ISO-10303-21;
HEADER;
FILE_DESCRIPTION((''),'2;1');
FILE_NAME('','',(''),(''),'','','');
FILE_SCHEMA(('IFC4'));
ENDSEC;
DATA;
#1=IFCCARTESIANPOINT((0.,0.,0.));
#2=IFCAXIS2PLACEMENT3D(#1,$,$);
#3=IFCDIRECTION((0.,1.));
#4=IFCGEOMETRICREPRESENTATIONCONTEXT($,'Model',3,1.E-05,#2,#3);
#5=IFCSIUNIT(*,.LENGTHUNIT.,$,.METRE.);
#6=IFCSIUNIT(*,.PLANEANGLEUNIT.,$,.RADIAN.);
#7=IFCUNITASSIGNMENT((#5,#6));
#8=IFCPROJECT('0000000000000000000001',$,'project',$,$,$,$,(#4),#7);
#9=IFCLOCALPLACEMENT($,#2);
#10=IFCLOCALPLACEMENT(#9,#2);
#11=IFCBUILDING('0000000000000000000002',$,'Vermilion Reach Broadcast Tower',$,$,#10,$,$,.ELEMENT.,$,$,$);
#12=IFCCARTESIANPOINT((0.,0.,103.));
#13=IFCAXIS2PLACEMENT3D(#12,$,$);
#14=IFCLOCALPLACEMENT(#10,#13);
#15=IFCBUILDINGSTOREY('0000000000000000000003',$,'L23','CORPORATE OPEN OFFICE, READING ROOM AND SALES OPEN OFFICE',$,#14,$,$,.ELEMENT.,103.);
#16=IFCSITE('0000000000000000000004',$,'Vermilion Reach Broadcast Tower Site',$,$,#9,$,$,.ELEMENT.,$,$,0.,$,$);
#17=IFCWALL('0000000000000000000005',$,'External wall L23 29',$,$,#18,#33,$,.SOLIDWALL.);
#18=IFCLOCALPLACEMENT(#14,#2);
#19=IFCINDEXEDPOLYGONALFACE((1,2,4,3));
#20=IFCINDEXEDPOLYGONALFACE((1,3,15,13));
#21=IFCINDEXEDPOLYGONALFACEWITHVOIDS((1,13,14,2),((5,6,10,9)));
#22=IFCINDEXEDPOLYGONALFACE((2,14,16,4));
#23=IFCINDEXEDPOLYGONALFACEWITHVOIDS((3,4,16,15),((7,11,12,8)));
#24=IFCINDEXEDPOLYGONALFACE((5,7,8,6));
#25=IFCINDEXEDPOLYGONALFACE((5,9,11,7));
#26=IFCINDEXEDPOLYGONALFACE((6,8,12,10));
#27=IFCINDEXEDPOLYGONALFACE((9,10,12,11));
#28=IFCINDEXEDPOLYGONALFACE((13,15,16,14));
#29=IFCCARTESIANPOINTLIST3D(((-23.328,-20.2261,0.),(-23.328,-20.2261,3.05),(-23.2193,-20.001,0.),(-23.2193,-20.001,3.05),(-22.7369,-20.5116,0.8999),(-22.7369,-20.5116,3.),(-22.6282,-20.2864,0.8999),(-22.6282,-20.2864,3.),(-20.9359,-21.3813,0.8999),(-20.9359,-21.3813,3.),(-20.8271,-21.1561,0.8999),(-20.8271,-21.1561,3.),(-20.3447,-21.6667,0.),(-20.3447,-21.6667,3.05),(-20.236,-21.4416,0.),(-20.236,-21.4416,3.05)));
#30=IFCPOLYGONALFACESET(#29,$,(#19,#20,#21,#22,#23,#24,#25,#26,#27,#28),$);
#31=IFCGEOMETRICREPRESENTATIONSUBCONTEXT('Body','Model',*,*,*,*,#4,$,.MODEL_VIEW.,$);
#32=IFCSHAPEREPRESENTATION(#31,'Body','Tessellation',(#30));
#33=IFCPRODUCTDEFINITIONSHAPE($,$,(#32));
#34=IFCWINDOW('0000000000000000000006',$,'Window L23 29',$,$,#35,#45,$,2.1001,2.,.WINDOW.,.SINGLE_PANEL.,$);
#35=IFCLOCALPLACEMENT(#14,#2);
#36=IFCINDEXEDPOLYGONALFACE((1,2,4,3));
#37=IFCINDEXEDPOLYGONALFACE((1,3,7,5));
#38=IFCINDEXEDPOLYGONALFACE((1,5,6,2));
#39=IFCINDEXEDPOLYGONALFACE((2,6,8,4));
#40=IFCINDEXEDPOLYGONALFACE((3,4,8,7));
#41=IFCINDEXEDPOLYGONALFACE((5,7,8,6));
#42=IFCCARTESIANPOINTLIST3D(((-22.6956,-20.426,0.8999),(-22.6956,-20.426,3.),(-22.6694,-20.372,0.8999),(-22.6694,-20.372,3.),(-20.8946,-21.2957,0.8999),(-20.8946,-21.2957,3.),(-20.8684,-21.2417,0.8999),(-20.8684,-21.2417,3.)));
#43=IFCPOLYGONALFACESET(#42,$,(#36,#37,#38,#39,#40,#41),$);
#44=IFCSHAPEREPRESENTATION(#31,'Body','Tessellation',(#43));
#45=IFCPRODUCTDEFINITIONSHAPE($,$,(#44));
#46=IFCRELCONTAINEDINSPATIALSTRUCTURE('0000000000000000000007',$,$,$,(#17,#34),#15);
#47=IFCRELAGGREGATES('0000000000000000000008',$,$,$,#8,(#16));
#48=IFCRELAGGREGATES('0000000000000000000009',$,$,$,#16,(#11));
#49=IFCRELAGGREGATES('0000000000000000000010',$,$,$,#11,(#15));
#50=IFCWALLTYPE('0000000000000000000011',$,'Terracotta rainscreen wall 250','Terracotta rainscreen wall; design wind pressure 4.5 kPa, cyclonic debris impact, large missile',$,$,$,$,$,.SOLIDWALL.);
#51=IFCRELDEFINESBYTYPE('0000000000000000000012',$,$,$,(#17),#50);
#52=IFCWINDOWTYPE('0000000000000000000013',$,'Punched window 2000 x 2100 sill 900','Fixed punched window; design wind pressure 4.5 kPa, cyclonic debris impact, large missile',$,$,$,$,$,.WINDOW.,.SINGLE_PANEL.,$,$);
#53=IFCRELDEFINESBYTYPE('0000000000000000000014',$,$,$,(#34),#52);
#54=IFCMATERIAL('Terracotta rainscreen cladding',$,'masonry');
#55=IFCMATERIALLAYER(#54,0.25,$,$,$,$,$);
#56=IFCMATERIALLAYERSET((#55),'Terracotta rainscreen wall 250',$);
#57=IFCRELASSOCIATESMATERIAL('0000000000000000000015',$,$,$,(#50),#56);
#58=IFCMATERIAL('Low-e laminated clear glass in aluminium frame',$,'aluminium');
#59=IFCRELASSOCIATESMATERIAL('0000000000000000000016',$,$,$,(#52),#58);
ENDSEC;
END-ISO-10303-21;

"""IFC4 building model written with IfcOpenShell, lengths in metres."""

from ifc_helpers import new_model, si_unit, direction, frame, frame_2d, origin, place, context, subcontext, project, spatial, rectangle, extrude, material, layer, layer_set, type_object, element, fill, save


model = new_model("IFC4")

# Units and contexts
model_context = context("Model", 3, precision=1e-05, world=origin(), true_north=direction((0.0, 1.0)))
body_context = subcontext(model_context, "Body", "Model", "MODEL_VIEW")
ifc_project = project(units=[si_unit("LENGTHUNIT", "METRE"), si_unit("PLANEANGLEUNIT", "RADIAN")], contexts=[model_context])

# Site, building, storey
site_placement = place(None, origin())
site = spatial("IfcSite", under=ifc_project, at=site_placement, Name="Vermilion Reach Broadcast Tower Site", CompositionType="ELEMENT", RefElevation=0.0)
building_placement = place(site_placement, origin())
building = spatial("IfcBuilding", under=site, at=building_placement, Name="Vermilion Reach Broadcast Tower", CompositionType="ELEMENT")
storey_placement = place(building_placement, frame((0.0, 0.0, 103.0)))
storey = spatial("IfcBuildingStorey", under=building, at=storey_placement, Name="L23", Description="CORPORATE OPEN OFFICE, READING ROOM AND SALES OPEN OFFICE", CompositionType="ELEMENT", Elevation=103.0)

# Shared definitions
ifc_material_1 = material(Name="Terracotta rainscreen cladding", Category="masonry")
ifc_layer_1 = layer(ifc_material_1, 0.25)
ifc_layer_set_1 = layer_set([ifc_layer_1], Name="Terracotta rainscreen wall 250")
wall_type_1 = type_object("IfcWallType", Name="Terracotta rainscreen wall 250", Description="Terracotta rainscreen wall; design wind pressure 4.5 kPa, cyclonic debris impact, large missile", PredefinedType="SOLIDWALL", material=ifc_layer_set_1)

# Shared definitions
ifc_material_2 = material(Name="Low-e laminated clear glass in aluminium frame", Category="aluminium")
window_type = type_object("IfcWindowType", Name="Punched window 2000 x 2100 sill 900", Description="Fixed punched window; design wind pressure 4.5 kPa, cyclonic debris impact, large missile", PartitioningType="SINGLE_PANEL", PredefinedType="WINDOW", material=ifc_material_2)

# Wall, opening, window
wall_1_placement = place(storey_placement, frame((-23.2737, -20.1135, 0.0), z_axis=(0.0, 0.0, 1.0), x_axis=(0.900503, -0.43485, 0.0)))
wall_1 = element("IfcWall", 1, at=wall_1_placement, inside=storey, type_object=wall_type_1, Name="External wall L23 29", PredefinedType="SOLIDWALL", context=body_context, shape_type="SweptSolid", body=[
    extrude(rectangle(XDim=3.313, YDim=0.25, at=frame_2d((1.6565, 0.0))), origin(), (0.0, 0.0, 1.0), 3.05),
])
opening_1_placement = place(wall_1_placement, frame((0.6565, 0.0, 0.8999)))
opening_1 = element("IfcOpeningElement", 2, at=opening_1_placement, cuts=wall_1, PredefinedType="OPENING", context=body_context, shape_type="SweptSolid", body=[
    extrude(rectangle(XDim=2.0, YDim=2.1001, at=frame_2d((1.0, 1.05))), frame((0.0, 0.135, 0.0), z_axis=(0.0, -1.0, 0.0), x_axis=(1.0, 0.0, 0.0)), (0.0, 0.0, 1.0), 0.27),
])
window_1_placement = place(opening_1_placement, origin())
window_1 = element("IfcWindow", 3, at=window_1_placement, inside=storey, type_object=window_type, Name="Window L23 29", OverallHeight=2.1001, OverallWidth=2.0, PartitioningType="SINGLE_PANEL", PredefinedType="WINDOW", context=body_context, shape_type="SweptSolid", body=[
    extrude(rectangle(XDim=2.0, YDim=2.1001, at=frame_2d((1.0, 1.05))), frame((0.0, 0.03, 0.0), z_axis=(0.0, -1.0, 0.0), x_axis=(1.0, 0.0, 0.0)), (0.0, 0.0, 1.0), 0.0601),
])
fill(opening_1, window_1)

save(model, "model.ifc")
